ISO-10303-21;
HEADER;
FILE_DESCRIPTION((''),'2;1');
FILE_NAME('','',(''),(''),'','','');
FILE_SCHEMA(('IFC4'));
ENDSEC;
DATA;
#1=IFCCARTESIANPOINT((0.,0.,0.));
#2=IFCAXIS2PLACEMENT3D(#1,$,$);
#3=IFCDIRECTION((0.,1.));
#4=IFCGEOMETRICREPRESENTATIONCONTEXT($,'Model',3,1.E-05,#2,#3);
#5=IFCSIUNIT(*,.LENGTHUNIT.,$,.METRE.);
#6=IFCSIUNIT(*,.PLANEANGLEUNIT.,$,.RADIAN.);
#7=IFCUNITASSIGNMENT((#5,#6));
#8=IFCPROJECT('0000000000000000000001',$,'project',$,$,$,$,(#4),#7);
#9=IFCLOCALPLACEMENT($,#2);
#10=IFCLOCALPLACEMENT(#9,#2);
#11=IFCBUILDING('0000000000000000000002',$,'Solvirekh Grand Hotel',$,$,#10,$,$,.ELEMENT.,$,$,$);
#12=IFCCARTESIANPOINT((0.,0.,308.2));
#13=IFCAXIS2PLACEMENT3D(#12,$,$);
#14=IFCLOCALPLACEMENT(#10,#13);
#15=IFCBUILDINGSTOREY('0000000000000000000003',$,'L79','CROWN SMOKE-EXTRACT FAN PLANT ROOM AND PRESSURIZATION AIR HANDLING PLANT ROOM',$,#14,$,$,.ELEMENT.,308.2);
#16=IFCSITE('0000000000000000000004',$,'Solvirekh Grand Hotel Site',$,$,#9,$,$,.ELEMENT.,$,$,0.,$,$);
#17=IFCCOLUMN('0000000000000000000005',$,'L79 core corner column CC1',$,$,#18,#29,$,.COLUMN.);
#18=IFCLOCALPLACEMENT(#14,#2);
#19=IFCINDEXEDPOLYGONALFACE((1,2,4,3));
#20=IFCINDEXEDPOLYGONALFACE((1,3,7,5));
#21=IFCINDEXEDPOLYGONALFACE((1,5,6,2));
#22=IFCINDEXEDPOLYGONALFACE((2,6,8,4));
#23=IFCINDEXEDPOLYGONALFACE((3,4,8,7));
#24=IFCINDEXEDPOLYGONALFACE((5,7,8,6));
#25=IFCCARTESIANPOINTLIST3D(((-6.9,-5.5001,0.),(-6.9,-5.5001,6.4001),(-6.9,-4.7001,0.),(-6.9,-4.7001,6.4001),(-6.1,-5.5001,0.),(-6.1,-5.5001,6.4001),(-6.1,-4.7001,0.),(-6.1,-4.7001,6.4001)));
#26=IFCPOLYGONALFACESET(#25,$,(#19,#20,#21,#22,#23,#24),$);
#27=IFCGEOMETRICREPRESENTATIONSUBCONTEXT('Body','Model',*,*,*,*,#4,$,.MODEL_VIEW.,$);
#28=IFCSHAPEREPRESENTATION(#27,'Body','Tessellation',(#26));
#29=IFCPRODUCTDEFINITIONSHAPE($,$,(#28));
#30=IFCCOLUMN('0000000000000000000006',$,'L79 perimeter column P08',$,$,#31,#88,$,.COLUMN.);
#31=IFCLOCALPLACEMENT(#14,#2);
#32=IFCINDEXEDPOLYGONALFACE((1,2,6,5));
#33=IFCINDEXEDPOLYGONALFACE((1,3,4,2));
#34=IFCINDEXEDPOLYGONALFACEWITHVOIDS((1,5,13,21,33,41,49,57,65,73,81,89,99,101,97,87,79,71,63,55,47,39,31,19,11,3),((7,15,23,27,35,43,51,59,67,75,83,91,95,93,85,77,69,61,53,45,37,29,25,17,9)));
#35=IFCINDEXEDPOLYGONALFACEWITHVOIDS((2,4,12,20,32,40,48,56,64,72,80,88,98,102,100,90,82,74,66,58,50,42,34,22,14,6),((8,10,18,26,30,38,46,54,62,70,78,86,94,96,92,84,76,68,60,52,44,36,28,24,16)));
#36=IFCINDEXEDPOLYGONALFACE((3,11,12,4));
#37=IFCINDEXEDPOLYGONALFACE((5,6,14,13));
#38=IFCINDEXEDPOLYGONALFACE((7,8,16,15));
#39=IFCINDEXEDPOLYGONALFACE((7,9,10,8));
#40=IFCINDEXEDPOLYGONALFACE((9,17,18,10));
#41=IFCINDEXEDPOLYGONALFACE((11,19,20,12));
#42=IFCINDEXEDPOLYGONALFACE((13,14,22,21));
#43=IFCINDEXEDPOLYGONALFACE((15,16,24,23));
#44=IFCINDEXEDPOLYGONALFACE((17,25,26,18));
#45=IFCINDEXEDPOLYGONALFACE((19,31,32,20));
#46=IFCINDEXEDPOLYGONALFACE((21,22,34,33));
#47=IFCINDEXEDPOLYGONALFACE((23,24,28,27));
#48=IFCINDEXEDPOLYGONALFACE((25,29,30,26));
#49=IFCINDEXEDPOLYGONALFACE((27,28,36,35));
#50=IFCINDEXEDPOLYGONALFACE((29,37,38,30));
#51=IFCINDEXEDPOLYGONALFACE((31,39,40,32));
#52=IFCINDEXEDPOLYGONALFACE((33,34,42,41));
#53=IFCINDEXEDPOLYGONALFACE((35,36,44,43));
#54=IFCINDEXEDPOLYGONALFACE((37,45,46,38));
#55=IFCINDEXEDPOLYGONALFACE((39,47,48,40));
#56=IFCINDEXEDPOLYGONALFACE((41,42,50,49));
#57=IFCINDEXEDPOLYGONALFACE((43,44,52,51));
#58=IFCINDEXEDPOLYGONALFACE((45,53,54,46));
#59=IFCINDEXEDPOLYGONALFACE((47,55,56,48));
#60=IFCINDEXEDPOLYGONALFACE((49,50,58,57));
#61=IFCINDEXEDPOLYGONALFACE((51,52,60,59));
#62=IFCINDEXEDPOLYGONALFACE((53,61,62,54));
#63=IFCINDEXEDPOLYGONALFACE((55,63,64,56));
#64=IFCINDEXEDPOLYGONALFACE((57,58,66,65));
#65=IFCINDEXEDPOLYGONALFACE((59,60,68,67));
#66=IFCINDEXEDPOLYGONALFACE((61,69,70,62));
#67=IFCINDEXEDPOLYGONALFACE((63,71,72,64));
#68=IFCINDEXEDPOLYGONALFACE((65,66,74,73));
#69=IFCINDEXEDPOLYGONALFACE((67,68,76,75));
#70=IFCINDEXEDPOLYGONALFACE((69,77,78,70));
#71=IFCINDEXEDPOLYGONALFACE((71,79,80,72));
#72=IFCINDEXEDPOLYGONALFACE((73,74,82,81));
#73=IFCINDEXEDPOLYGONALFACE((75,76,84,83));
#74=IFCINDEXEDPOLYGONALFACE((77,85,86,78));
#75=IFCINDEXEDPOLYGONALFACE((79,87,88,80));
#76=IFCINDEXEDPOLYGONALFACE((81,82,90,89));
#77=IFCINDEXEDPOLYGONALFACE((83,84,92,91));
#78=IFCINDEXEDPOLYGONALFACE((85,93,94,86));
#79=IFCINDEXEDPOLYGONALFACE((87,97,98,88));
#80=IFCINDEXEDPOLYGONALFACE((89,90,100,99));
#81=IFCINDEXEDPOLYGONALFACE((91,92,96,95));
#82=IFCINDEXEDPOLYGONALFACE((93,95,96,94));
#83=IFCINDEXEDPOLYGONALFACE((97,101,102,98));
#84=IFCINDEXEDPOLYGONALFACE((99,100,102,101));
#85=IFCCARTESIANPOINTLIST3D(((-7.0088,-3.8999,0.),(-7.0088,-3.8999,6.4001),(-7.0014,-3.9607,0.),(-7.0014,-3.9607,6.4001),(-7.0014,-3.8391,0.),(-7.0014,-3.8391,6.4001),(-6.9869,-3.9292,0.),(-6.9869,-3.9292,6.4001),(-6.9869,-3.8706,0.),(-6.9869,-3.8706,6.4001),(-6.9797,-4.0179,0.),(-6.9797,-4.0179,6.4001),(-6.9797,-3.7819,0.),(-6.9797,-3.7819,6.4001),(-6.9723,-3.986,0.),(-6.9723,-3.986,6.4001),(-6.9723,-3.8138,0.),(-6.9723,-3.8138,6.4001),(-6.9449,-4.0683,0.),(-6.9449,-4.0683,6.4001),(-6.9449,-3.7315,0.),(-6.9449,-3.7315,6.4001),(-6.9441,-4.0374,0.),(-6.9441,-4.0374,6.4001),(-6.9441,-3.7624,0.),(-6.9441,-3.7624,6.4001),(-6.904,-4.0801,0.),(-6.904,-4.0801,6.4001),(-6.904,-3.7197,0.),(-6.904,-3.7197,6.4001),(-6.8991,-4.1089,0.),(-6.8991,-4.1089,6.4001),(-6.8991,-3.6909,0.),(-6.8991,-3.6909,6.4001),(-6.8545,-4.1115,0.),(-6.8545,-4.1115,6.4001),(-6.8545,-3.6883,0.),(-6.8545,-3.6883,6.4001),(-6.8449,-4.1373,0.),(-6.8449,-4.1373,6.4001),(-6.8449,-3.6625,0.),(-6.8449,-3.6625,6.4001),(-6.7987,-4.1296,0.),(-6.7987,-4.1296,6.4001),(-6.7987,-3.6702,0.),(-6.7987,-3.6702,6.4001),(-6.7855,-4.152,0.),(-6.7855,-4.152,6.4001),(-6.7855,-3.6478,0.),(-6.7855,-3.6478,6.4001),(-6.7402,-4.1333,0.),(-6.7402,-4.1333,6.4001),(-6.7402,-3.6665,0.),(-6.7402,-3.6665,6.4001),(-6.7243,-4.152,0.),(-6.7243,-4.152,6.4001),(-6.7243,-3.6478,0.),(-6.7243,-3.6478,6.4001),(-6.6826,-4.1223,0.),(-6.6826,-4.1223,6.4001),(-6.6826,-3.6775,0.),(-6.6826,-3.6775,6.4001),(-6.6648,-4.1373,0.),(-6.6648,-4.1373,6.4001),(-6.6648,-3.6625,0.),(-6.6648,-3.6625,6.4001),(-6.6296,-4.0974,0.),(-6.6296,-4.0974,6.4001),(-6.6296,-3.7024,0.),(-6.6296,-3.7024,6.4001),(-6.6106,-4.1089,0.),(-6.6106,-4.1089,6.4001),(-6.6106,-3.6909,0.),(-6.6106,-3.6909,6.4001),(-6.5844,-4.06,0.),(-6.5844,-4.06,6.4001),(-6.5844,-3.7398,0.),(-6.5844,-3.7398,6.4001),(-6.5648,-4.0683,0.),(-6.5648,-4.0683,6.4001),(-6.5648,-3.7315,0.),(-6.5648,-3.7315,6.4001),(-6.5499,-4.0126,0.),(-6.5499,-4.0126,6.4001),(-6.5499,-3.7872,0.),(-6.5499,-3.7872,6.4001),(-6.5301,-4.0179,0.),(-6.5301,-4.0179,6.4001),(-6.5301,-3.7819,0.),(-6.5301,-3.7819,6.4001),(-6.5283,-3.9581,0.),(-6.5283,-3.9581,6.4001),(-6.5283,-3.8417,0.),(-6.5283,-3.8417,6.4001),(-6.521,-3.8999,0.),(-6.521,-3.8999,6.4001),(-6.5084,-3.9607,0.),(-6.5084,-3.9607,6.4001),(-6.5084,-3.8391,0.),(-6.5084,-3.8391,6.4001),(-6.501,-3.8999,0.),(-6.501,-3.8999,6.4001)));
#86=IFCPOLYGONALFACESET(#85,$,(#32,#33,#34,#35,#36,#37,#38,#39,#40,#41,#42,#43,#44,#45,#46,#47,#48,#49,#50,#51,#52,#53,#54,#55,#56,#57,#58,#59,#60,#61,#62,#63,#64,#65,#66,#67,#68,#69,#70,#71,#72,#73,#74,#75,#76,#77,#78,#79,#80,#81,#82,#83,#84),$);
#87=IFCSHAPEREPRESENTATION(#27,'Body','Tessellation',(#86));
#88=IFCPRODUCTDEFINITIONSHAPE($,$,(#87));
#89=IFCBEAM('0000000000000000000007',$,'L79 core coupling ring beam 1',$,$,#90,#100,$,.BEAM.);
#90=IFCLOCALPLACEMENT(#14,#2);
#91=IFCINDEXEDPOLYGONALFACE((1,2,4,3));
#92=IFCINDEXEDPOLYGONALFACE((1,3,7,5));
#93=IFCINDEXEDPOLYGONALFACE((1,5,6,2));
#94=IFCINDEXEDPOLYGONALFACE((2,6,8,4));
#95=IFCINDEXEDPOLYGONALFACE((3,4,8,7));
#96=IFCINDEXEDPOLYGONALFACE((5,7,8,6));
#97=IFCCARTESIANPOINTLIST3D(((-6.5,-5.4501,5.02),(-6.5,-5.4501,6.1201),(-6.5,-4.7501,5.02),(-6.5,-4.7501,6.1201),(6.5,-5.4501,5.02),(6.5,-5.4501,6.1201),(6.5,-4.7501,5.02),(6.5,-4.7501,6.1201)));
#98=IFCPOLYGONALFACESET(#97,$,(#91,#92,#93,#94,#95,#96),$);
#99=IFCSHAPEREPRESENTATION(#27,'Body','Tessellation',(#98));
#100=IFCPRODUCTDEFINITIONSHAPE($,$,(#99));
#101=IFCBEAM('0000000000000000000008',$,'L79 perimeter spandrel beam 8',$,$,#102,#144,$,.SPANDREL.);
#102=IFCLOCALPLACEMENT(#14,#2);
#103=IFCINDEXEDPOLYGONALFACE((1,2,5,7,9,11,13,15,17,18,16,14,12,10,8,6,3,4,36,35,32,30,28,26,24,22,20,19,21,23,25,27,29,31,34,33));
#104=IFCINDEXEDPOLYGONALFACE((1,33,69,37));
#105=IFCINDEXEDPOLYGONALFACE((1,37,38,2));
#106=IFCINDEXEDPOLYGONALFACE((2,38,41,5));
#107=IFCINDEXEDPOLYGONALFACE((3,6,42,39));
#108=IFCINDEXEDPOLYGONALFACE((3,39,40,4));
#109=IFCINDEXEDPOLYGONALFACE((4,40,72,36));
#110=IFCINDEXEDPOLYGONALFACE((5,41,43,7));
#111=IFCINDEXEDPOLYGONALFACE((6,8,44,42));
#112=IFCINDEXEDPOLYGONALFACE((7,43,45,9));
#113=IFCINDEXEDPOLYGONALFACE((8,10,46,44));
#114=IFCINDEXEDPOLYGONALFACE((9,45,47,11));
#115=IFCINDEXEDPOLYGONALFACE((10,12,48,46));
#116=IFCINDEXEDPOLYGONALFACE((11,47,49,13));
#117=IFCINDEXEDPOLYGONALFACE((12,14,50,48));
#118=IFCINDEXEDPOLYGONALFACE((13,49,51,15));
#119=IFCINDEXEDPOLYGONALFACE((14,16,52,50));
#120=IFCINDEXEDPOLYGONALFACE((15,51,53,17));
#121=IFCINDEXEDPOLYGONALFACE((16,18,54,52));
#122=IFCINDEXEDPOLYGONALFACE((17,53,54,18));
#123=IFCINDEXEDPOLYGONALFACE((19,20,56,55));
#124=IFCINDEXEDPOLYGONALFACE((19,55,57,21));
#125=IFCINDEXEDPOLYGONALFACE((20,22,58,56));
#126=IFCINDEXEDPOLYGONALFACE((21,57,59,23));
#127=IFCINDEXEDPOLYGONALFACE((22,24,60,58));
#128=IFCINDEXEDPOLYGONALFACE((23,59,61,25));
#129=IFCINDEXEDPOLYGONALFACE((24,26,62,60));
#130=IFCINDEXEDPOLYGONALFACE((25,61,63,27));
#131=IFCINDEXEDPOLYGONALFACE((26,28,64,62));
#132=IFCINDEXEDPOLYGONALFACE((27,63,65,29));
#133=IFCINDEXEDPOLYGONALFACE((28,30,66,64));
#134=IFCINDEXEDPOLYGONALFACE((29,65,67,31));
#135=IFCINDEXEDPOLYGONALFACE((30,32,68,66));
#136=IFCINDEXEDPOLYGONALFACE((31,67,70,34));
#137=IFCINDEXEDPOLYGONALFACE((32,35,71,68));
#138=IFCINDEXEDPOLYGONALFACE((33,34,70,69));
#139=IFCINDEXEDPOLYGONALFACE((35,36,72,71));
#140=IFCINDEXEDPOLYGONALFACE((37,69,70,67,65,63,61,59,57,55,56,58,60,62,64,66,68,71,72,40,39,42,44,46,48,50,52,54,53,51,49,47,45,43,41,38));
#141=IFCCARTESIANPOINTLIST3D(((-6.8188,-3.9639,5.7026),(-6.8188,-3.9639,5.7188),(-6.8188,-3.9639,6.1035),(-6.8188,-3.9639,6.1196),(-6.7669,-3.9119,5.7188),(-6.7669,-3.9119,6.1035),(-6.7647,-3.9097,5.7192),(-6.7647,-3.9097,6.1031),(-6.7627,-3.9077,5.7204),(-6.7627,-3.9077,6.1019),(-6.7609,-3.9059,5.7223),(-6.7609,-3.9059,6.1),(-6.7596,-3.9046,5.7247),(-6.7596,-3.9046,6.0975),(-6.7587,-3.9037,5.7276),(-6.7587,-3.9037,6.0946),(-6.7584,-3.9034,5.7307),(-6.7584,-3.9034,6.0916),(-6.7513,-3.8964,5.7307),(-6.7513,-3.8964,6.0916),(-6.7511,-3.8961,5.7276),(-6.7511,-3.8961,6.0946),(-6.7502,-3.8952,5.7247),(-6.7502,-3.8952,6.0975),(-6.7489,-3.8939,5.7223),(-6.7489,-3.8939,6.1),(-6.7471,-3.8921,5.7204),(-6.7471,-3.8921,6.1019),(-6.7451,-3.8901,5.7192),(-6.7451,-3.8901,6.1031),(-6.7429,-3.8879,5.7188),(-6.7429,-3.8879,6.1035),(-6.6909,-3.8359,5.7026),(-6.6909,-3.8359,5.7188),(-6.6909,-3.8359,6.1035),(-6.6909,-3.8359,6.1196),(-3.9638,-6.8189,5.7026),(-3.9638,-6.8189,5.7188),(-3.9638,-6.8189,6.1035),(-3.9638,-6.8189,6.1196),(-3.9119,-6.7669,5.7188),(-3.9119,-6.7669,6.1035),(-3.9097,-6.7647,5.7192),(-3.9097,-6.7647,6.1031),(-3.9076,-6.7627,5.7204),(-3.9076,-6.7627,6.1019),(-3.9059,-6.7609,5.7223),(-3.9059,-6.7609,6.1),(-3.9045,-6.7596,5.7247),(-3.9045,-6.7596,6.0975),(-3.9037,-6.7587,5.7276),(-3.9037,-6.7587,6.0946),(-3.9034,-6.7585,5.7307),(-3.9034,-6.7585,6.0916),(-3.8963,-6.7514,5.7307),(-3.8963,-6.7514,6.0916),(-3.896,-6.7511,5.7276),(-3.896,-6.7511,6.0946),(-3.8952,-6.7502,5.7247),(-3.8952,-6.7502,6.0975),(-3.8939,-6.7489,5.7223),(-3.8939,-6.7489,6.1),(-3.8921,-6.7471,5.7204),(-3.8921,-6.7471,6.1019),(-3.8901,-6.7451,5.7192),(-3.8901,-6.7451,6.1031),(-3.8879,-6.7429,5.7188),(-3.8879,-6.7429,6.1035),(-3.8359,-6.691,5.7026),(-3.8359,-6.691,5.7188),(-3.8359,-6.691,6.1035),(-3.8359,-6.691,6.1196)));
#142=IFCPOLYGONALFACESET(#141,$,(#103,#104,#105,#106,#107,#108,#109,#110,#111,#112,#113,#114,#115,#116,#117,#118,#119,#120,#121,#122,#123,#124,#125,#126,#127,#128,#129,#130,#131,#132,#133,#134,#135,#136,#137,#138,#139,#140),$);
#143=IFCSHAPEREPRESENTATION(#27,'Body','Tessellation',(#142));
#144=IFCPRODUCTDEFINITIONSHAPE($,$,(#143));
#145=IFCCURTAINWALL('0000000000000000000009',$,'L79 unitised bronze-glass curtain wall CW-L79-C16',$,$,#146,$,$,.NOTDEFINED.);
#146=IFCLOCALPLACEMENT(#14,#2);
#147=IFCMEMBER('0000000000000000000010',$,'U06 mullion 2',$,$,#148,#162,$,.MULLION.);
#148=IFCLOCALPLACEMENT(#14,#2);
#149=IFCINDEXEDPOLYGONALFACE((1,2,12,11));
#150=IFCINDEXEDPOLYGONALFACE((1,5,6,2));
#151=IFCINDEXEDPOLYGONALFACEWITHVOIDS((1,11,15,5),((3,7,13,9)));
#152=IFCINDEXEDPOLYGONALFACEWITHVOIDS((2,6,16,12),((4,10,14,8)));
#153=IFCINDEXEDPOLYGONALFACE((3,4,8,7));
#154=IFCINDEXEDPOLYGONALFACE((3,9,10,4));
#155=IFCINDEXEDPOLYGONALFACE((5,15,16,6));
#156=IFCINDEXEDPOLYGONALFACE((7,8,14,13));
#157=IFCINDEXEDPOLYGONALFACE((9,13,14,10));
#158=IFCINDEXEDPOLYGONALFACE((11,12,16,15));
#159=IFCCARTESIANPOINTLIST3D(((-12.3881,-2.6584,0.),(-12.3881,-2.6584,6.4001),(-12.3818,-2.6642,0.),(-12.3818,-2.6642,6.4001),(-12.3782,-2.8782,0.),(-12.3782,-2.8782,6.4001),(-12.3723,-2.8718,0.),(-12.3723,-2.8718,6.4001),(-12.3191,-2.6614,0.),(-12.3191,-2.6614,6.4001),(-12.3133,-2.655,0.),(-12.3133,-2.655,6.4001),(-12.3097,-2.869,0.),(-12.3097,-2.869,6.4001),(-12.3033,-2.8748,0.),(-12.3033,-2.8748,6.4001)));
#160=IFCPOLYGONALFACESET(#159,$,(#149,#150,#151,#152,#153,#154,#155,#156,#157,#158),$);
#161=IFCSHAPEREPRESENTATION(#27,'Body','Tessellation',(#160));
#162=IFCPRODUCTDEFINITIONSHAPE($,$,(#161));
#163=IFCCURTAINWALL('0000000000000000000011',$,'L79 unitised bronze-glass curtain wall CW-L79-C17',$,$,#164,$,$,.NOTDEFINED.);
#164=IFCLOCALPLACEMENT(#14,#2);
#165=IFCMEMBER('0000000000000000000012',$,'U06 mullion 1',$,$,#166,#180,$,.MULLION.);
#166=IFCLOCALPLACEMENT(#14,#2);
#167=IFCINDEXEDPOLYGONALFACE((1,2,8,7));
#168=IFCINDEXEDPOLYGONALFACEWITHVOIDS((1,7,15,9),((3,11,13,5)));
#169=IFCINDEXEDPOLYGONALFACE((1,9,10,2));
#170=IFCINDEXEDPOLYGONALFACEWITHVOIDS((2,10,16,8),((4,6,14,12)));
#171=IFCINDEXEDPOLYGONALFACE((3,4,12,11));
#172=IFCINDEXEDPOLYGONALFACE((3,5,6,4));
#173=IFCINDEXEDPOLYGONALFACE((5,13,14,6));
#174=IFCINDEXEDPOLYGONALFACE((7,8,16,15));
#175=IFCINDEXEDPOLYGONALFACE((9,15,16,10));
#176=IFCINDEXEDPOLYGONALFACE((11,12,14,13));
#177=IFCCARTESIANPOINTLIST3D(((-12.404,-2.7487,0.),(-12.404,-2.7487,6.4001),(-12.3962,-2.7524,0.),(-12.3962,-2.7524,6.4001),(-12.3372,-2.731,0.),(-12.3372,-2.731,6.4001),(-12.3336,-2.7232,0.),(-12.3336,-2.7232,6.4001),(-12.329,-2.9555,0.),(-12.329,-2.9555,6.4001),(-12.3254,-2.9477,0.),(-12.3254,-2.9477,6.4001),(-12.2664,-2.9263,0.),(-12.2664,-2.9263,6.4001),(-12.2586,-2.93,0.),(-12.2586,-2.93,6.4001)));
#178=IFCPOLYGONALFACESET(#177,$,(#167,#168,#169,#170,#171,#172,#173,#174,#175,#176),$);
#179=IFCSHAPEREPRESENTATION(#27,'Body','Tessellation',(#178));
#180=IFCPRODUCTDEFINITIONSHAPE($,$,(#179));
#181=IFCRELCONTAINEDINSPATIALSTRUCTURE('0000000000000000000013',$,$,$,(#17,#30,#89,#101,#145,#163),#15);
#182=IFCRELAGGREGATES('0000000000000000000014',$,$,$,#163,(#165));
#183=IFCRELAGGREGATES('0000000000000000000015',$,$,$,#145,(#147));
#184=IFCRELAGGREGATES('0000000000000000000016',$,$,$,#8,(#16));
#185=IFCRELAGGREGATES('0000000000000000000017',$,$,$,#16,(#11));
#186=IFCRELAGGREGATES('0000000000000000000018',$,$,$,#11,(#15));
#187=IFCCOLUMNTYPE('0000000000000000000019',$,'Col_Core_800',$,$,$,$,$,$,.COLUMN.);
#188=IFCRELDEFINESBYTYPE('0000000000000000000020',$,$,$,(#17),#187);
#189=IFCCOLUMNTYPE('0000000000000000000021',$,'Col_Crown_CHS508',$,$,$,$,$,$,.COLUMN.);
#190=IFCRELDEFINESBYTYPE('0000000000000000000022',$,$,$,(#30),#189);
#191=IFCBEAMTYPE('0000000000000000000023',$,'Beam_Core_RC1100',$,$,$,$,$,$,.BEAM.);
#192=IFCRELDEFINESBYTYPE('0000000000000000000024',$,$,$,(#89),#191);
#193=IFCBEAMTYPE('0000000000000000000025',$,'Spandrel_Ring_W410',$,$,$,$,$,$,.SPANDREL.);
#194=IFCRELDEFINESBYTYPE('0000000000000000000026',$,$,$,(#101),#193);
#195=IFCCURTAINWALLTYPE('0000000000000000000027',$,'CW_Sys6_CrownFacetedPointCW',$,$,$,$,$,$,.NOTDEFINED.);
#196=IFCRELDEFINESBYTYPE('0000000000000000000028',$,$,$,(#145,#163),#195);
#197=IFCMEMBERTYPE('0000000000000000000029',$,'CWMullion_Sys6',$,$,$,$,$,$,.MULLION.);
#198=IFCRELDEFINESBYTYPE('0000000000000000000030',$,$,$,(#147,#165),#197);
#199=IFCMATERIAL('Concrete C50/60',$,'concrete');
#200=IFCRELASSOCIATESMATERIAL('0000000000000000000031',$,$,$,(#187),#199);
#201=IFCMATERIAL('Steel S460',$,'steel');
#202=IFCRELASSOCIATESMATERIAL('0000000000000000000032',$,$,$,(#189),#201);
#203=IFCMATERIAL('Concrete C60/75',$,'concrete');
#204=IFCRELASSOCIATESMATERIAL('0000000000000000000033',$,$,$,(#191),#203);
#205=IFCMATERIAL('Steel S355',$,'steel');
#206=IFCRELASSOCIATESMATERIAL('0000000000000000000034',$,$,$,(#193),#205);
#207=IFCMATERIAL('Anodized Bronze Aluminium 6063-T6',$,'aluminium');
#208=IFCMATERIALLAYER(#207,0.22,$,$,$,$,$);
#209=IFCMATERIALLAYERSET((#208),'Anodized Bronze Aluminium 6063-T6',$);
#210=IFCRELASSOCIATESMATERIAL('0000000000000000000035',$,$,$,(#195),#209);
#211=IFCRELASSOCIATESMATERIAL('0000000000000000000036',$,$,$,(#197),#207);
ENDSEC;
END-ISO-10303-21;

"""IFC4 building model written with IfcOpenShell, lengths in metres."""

from ifc_helpers import new_model, si_unit, direction, frame, origin, origin_2d, place, context, subcontext, project, spatial, rectangle, hollow_rectangle, hollow_circle, i_section, extrude, source, transform, mapped, material, layer, layer_set, material_profile, profile_set, type_object, element, aggregate, save


model = new_model("IFC4")

# Units and contexts
model_context = context("Model", 3, precision=1e-05, world=origin(), true_north=direction((0.0, 1.0)))
body_context = subcontext(model_context, "Body", "Model", "MODEL_VIEW")
ifc_project = project(units=[si_unit("LENGTHUNIT", "METRE"), si_unit("PLANEANGLEUNIT", "RADIAN")], contexts=[model_context])

# Site, building, storey
site_placement = place(None, origin())
site = spatial("IfcSite", under=ifc_project, at=site_placement, Name="Solvirekh Grand Hotel Site", CompositionType="ELEMENT", RefElevation=0.0)
building_placement = place(site_placement, origin())
building = spatial("IfcBuilding", under=site, at=building_placement, Name="Solvirekh Grand Hotel", CompositionType="ELEMENT")
storey_placement = place(building_placement, frame((0.0, 0.0, 308.2)))
storey = spatial("IfcBuildingStorey", under=building, at=storey_placement, Name="L79", Description="CROWN SMOKE-EXTRACT FAN PLANT ROOM AND PRESSURIZATION AIR HANDLING PLANT ROOM", CompositionType="ELEMENT", Elevation=308.2)

# Columns
ifc_material_1 = material(Name="Concrete C50/60", Category="concrete")
ifc_material_profile_1 = material_profile(ifc_material_1, rectangle(XDim=0.8, YDim=0.8, at=origin_2d()), Name="RC 800X800")
ifc_profile_set_1 = profile_set([ifc_material_profile_1], Name="Concrete C50/60")
column_type_1 = type_object("IfcColumnType", Name="Col_Core_800", PredefinedType="COLUMN", material=ifc_profile_set_1)
column_1_placement = place(storey_placement, frame((-6.5, -5.1001, 0.0), z_axis=(0.0, 0.0, 1.0), x_axis=(1.0, 0.0, 0.0)))
element("IfcColumn", 1, at=column_1_placement, inside=storey, type_object=column_type_1, Name="L79 core corner column CC1", PredefinedType="COLUMN", context=body_context, shape_type="SweptSolid", body=[
    extrude(rectangle(XDim=0.8, YDim=0.8, at=origin_2d()), origin(), (0.0, 0.0, 1.0), 6.4001),
])
ifc_material_2 = material(Name="Steel S460", Category="steel")
ifc_material_profile_2 = material_profile(ifc_material_2, hollow_circle(Radius=0.2539, WallThickness=0.02, at=origin_2d()), Name="CHS 508X20")
ifc_profile_set_2 = profile_set([ifc_material_profile_2], Name="Steel S460")
column_type_2 = type_object("IfcColumnType", Name="Col_Crown_CHS508", PredefinedType="COLUMN", material=ifc_profile_set_2)
column_2_placement = place(storey_placement, frame((-6.7549, -3.8999, 0.0), z_axis=(0.0, 0.0, 1.0), x_axis=(1.0, 0.0, 0.0)))
element("IfcColumn", 2, at=column_2_placement, inside=storey, type_object=column_type_2, Name="L79 perimeter column P08", PredefinedType="COLUMN", context=body_context, shape_type="SweptSolid", body=[
    extrude(hollow_circle(Radius=0.2539, WallThickness=0.02, at=origin_2d()), origin(), (0.0, 0.0, 1.0), 6.4001),
])

# Beams
ifc_material_3 = material(Name="Concrete C60/75", Category="concrete")
ifc_material_profile_3 = material_profile(ifc_material_3, rectangle(XDim=0.7, YDim=1.1001, at=origin_2d()), Name="RC BEAM 700X1100")
ifc_profile_set_3 = profile_set([ifc_material_profile_3], Name="Concrete C60/75")
beam_type_1 = type_object("IfcBeamType", Name="Beam_Core_RC1100", PredefinedType="BEAM", material=ifc_profile_set_3)
beam_1_placement = place(storey_placement, frame((-6.5, -5.1001, 5.5701), z_axis=(1.0, 0.0, 0.0), x_axis=(0.0, 1.0, 0.0)))
element("IfcBeam", 3, at=beam_1_placement, inside=storey, type_object=beam_type_1, Name="L79 core coupling ring beam 1", PredefinedType="BEAM", context=body_context, shape_type="SweptSolid", body=[
    extrude(rectangle(XDim=0.7, YDim=1.1001, at=origin_2d()), origin(), (0.0, 0.0, 1.0), 13.0),
])
ifc_material_4 = material(Name="Steel S355", Category="steel")
ifc_material_profile_4 = material_profile(ifc_material_4, i_section(OverallWidth=0.1809, OverallDepth=0.417, WebThickness=0.01, FlangeThickness=0.0161, FilletRadius=0.012, at=origin_2d()), Name="W410X85")
ifc_profile_set_4 = profile_set([ifc_material_profile_4], Name="Steel S355")
beam_type_2 = type_object("IfcBeamType", Name="Spandrel_Ring_W410", PredefinedType="SPANDREL", material=ifc_profile_set_4)
beam_2_placement = place(storey_placement, frame((-6.7549, -3.8999, 5.9111), z_axis=(0.707107, -0.707107, 0.0), x_axis=(0.707107, 0.707107, 0.0)))
element("IfcBeam", 4, at=beam_2_placement, inside=storey, type_object=beam_type_2, Name="L79 perimeter spandrel beam 8", PredefinedType="SPANDREL", context=body_context, shape_type="SweptSolid", body=[
    extrude(i_section(OverallWidth=0.1809, OverallDepth=0.417, WebThickness=0.01, FlangeThickness=0.0161, FilletRadius=0.012, at=origin_2d()), origin(), (0.0, 0.0, 1.0), 4.0376),
])

# Curtain wall, member
ifc_material_5 = material(Name="Anodized Bronze Aluminium 6063-T6", Category="aluminium")
ifc_layer_1 = layer(ifc_material_5, 0.22)
ifc_layer_set_1 = layer_set([ifc_layer_1], Name="Anodized Bronze Aluminium 6063-T6")
curtain_wall_type = type_object("IfcCurtainWallType", Name="CW_Sys6_CrownFacetedPointCW", PredefinedType="NOTDEFINED", material=ifc_layer_set_1)
curtain_wall_1_placement = place(storey_placement, origin())
curtain_wall_1 = element("IfcCurtainWall", 5, at=curtain_wall_1_placement, inside=storey, type_object=curtain_wall_type, Name="L79 unitised bronze-glass curtain wall CW-L79-C16", PredefinedType="NOTDEFINED")
ifc_material_profile_5 = material_profile(ifc_material_5, hollow_rectangle(XDim=0.075, YDim=0.22, WallThickness=0.0061, at=origin_2d()), Name="ALU RHS 220X75X6")
ifc_profile_set_5 = profile_set([ifc_material_profile_5], Name="Anodized Bronze Aluminium 6063-T6")
member_type_1 = type_object("IfcMemberType", Name="CWMullion_Sys6", PredefinedType="MULLION", material=ifc_profile_set_5)
shared_shape_1 = source(origin(), body_context, "Body", "SweptSolid", [
    extrude(hollow_rectangle(XDim=0.075, YDim=0.22, WallThickness=0.0061, at=origin_2d()), origin(), (0.0, 0.0, 1.0), 6.4001),
])
member_1_placement = place(storey_placement, frame((-12.3457, -2.7666, 0.0), z_axis=(0.0, 0.0, 1.0), x_axis=(0.998972, 0.045331, 0.0)))
member_1 = element("IfcMember", 6, at=member_1_placement, type_object=member_type_1, Name="U06 mullion 2", PredefinedType="MULLION", context=body_context, shape_type="MappedRepresentation", body=[
    mapped(shared_shape_1, transform((0.0, 0.0, 0.0), x_axis=(1.0, 0.0, 0.0), y_axis=(0.0, 1.0, 0.0), z_axis=(0.0, 0.0, 1.0), scale=1.0)),
])

# Curtain wall, member
curtain_wall_2_placement = place(storey_placement, origin())
curtain_wall_2 = element("IfcCurtainWall", 7, at=curtain_wall_2_placement, inside=storey, type_object=curtain_wall_type, Name="L79 unitised bronze-glass curtain wall CW-L79-C17", PredefinedType="NOTDEFINED")
member_2_placement = place(storey_placement, frame((-12.3313, -2.8394, 0.0), z_axis=(0.0, 0.0, 1.0), x_axis=(0.9401, 0.340899, 0.0)))
member_2 = element("IfcMember", 8, at=member_2_placement, type_object=member_type_1, Name="U06 mullion 1", PredefinedType="MULLION", context=body_context, shape_type="MappedRepresentation", body=[
    mapped(shared_shape_1, transform((0.0, 0.0, 0.0), x_axis=(1.0, 0.0, 0.0), y_axis=(0.0, 1.0, 0.0), z_axis=(0.0, 0.0, 1.0), scale=1.0)),
])
aggregate(curtain_wall_2, [member_2])

aggregate(curtain_wall_1, [member_1])

save(model, "model.ifc")
